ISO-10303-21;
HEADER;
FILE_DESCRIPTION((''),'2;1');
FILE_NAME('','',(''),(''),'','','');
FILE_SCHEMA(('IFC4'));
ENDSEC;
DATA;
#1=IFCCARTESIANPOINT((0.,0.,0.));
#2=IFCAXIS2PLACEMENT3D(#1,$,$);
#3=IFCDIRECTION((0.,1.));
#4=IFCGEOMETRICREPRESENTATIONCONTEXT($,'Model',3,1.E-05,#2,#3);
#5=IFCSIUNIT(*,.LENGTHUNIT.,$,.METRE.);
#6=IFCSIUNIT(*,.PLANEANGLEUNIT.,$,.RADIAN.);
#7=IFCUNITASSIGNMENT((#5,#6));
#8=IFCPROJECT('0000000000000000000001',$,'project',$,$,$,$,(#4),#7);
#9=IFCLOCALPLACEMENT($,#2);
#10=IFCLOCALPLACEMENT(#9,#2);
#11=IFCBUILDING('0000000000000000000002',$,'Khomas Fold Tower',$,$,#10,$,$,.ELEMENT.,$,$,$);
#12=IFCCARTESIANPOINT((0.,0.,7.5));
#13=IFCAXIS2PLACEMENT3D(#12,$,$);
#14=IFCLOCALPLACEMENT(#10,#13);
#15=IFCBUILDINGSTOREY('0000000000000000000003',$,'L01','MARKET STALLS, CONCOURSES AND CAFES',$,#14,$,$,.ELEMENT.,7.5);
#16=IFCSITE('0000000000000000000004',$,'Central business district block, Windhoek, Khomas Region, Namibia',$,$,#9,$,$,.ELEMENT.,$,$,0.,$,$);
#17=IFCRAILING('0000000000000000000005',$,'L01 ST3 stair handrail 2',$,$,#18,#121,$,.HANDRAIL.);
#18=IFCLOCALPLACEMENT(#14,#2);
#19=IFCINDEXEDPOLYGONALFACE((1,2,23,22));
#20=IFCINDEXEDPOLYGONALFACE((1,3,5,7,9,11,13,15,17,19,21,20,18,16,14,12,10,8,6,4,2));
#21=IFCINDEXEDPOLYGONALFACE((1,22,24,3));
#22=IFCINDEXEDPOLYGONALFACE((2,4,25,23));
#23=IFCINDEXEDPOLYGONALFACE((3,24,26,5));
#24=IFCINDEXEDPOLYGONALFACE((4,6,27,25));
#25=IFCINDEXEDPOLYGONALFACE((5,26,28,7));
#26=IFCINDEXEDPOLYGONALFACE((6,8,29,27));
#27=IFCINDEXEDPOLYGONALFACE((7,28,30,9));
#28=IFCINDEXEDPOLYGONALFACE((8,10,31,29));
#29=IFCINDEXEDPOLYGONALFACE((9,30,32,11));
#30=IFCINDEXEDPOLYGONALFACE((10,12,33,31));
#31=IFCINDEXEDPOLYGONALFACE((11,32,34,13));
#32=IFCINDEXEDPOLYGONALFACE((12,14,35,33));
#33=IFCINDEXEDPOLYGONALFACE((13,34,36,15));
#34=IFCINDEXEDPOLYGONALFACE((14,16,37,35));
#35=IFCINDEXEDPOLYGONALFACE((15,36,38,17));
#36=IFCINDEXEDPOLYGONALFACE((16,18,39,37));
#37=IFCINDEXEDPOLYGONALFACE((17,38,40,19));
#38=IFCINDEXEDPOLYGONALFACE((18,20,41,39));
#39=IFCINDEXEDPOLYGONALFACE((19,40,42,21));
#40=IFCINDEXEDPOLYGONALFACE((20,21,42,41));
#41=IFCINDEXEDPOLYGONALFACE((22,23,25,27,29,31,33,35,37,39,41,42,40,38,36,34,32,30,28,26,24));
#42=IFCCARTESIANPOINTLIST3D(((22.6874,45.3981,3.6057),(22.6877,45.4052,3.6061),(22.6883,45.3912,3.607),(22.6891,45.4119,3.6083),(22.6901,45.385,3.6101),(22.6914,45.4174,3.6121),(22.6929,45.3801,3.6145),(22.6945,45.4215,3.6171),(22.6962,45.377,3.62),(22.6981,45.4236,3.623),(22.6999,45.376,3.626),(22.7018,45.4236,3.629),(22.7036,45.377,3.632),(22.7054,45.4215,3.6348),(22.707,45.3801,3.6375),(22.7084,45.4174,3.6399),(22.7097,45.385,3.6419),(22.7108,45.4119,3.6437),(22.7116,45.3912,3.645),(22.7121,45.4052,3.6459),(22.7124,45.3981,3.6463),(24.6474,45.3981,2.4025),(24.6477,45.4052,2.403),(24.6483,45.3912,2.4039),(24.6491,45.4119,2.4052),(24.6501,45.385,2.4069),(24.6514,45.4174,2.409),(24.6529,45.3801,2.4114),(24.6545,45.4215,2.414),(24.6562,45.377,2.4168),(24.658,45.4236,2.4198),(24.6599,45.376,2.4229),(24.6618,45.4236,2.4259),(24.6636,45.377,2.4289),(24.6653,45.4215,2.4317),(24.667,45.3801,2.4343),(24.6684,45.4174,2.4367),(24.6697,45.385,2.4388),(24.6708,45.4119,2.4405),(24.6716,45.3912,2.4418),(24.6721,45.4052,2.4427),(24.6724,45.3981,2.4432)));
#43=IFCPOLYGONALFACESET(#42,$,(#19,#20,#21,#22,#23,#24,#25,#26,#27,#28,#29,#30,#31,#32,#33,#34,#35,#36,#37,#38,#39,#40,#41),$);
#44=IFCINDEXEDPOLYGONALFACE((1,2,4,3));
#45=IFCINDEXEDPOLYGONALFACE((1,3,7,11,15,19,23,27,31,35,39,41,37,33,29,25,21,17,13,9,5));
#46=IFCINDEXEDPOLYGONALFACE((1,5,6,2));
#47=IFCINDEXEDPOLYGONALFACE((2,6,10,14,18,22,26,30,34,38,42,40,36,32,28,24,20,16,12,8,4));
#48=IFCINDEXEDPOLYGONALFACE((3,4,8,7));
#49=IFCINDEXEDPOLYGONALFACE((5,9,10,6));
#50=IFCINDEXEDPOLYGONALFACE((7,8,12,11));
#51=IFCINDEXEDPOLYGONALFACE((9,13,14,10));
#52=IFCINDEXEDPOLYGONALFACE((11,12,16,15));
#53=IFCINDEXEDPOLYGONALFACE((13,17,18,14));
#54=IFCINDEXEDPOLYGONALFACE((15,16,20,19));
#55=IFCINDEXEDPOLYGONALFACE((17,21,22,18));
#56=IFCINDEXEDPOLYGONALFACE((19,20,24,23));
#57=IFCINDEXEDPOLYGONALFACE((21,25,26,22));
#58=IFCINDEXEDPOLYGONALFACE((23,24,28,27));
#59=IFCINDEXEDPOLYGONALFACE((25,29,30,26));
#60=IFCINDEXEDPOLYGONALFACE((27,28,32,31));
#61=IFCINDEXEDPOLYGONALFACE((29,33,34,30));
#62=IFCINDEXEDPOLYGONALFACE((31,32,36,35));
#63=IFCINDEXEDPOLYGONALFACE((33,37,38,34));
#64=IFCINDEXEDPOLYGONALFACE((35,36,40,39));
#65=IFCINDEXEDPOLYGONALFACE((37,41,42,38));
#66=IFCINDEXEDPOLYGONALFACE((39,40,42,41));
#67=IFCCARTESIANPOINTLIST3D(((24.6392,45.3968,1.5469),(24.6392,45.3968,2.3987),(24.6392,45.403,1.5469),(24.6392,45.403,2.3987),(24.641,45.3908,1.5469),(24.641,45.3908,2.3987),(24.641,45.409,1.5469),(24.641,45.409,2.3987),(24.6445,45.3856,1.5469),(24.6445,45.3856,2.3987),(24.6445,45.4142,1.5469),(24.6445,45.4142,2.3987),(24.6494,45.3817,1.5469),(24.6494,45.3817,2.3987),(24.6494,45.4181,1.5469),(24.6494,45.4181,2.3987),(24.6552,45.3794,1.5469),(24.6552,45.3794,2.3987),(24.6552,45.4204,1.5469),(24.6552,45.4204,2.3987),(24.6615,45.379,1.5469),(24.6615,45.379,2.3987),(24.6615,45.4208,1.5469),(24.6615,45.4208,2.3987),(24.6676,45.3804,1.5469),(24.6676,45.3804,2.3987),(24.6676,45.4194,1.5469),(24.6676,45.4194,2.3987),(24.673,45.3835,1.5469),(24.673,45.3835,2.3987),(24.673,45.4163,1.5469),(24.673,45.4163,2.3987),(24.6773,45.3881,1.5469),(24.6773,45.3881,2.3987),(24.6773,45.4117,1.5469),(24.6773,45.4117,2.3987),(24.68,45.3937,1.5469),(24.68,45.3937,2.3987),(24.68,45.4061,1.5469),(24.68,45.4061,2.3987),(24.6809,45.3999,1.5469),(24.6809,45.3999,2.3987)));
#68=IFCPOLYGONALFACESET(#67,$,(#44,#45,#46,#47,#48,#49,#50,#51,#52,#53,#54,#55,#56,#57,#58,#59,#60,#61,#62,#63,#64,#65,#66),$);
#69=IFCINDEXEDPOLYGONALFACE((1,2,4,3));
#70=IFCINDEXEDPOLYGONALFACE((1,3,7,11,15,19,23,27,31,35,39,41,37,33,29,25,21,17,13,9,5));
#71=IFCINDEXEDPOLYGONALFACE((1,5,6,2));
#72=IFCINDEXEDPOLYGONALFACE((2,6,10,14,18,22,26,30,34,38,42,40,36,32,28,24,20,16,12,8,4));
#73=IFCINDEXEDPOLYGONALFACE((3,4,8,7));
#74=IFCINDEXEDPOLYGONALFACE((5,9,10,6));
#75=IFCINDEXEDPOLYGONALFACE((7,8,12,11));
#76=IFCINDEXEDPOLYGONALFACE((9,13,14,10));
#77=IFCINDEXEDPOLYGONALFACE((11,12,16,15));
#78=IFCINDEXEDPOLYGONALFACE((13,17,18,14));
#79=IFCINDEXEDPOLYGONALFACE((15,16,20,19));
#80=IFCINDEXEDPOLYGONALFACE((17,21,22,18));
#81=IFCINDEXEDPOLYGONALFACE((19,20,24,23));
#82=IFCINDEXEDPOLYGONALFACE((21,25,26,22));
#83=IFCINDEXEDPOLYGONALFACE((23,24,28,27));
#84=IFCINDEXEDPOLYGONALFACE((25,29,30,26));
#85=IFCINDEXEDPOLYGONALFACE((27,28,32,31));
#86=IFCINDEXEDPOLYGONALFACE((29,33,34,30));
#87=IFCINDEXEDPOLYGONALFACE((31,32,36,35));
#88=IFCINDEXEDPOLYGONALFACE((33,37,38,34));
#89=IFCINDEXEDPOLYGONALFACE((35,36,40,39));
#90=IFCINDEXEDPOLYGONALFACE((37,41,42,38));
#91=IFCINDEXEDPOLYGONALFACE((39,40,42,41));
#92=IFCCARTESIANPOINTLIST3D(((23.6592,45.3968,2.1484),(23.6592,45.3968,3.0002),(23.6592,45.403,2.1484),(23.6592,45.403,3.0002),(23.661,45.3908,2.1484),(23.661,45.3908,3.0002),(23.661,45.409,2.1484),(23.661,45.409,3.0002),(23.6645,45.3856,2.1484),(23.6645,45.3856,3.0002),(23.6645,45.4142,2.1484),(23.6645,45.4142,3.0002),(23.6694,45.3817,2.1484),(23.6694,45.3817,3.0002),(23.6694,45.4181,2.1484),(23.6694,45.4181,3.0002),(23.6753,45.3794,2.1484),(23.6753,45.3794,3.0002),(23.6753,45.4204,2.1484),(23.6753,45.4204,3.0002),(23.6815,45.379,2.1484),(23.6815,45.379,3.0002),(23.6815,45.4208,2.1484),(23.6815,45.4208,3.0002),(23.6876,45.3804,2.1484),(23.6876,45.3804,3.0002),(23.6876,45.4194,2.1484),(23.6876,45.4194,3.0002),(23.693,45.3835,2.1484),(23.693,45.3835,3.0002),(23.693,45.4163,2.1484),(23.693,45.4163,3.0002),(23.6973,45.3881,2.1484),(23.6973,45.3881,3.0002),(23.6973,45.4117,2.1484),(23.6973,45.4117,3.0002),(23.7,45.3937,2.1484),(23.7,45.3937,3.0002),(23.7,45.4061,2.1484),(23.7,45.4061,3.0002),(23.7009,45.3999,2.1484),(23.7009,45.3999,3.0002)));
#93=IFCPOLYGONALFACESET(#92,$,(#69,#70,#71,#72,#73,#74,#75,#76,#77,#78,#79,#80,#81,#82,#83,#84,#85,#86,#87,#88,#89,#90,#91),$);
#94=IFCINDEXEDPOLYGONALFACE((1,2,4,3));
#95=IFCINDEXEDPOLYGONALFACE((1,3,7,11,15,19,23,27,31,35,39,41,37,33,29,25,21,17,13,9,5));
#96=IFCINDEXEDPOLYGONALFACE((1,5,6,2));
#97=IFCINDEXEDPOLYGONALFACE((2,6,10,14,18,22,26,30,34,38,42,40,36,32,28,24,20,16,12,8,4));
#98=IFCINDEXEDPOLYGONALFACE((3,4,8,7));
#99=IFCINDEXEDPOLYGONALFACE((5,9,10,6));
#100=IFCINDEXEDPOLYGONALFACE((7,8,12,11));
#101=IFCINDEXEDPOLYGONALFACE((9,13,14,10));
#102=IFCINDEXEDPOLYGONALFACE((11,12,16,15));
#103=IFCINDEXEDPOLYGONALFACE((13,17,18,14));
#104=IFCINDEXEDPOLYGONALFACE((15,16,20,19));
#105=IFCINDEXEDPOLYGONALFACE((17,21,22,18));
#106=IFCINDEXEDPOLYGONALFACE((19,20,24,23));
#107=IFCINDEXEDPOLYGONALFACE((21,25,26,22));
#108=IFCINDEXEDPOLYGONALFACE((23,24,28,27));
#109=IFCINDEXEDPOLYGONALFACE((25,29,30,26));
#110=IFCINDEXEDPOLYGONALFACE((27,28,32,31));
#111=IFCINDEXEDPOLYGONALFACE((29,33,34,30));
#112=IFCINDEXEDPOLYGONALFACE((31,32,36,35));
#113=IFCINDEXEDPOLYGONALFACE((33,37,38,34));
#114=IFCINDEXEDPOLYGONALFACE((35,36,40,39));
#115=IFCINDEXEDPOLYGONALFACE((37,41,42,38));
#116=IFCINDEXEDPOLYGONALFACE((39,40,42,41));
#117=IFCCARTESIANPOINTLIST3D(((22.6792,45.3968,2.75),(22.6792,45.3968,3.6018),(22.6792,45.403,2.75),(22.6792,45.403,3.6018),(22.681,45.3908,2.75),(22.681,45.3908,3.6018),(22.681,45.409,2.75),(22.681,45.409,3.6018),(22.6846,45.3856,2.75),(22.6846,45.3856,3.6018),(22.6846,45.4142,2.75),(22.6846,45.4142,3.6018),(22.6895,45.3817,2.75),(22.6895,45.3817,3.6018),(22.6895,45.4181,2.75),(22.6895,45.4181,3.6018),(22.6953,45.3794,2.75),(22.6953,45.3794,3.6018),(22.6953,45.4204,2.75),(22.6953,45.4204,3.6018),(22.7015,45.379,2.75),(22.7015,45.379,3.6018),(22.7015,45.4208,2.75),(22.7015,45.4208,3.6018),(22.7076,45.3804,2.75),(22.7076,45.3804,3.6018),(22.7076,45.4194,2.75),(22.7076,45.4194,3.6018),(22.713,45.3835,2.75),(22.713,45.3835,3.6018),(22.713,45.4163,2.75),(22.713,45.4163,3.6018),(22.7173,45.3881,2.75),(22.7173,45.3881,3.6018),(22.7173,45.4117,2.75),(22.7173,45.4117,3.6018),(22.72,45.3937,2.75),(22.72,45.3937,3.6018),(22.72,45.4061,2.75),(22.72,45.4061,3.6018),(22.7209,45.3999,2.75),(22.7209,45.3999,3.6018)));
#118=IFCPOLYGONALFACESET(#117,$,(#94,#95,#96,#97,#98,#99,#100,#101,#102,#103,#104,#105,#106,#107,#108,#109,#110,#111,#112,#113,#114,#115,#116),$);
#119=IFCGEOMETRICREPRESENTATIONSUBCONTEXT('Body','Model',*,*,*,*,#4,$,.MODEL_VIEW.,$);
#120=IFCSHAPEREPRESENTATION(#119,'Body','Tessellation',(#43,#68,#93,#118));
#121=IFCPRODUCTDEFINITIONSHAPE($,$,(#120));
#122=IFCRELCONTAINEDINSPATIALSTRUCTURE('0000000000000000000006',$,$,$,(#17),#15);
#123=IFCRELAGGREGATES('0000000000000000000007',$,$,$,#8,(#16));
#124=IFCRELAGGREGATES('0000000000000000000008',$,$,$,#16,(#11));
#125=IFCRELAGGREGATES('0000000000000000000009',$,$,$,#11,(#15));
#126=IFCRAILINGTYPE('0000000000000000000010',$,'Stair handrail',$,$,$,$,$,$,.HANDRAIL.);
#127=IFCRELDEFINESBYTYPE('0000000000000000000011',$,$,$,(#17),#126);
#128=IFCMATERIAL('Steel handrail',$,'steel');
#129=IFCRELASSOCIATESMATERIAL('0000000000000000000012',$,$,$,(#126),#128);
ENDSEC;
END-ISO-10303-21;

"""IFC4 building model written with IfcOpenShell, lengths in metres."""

from ifc_helpers import new_model, si_unit, direction, frame, origin, origin_2d, place, context, subcontext, project, spatial, circle, extrude, source, transform, mapped, material, type_object, element, save


model = new_model("IFC4")

# Units and contexts
model_context = context("Model", 3, precision=1e-05, world=origin(), true_north=direction((0.0, 1.0)))
body_context = subcontext(model_context, "Body", "Model", "MODEL_VIEW")
ifc_project = project(units=[si_unit("LENGTHUNIT", "METRE"), si_unit("PLANEANGLEUNIT", "RADIAN")], contexts=[model_context])

# Site, building, storey
site_placement = place(None, origin())
site = spatial("IfcSite", under=ifc_project, at=site_placement, Name="Central business district block, Windhoek, Khomas Region, Namibia", CompositionType="ELEMENT", RefElevation=0.0)
building_placement = place(site_placement, origin())
building = spatial("IfcBuilding", under=site, at=building_placement, Name="Khomas Fold Tower", CompositionType="ELEMENT")
storey_placement = place(building_placement, frame((0.0, 0.0, 7.5)))
storey = spatial("IfcBuildingStorey", under=building, at=storey_placement, Name="L01", Description="MARKET STALLS, CONCOURSES AND CAFES", CompositionType="ELEMENT", Elevation=7.5)

# Railing
ifc_material_1 = material(Name="Steel handrail", Category="steel")
railing_type_1 = type_object("IfcRailingType", Name="Stair handrail", PredefinedType="HANDRAIL", material=ifc_material_1)
shared_shape_1 = source(origin(), body_context, "Body", "SweptSolid", [
    extrude(circle(Radius=0.0239, at=origin_2d()), frame((0.0, 0.0, 0.876), z_axis=(-0.852241, 0.0, 0.523149), x_axis=(0.0, -1.0, 0.0)), (0.0, 0.0, 1.0), 2.2998),
    extrude(circle(Radius=0.021, at=origin_2d()), origin(), (0.0, 0.0, 1.0), 0.8518),
    extrude(circle(Radius=0.021, at=origin_2d()), frame((-0.98, 0.0, 0.6016)), (0.0, 0.0, 1.0), 0.8518),
    extrude(circle(Radius=0.021, at=origin_2d()), frame((-1.96, 0.0, 1.2031)), (0.0, 0.0, 1.0), 0.8518),
])
for number, where, name in (
    (1, (24.6599, 45.3999, 1.5469), "L01 ST3 stair handrail 2"),
):
    element("IfcRailing", number, at=place(storey_placement, frame(where)), inside=storey, type_object=railing_type_1, Name=name, PredefinedType="HANDRAIL", context=body_context, shape_type="MappedRepresentation", body=[
        mapped(shared_shape_1, transform((0.0, 0.0, 0.0))),
    ])

save(model, "model.ifc")
